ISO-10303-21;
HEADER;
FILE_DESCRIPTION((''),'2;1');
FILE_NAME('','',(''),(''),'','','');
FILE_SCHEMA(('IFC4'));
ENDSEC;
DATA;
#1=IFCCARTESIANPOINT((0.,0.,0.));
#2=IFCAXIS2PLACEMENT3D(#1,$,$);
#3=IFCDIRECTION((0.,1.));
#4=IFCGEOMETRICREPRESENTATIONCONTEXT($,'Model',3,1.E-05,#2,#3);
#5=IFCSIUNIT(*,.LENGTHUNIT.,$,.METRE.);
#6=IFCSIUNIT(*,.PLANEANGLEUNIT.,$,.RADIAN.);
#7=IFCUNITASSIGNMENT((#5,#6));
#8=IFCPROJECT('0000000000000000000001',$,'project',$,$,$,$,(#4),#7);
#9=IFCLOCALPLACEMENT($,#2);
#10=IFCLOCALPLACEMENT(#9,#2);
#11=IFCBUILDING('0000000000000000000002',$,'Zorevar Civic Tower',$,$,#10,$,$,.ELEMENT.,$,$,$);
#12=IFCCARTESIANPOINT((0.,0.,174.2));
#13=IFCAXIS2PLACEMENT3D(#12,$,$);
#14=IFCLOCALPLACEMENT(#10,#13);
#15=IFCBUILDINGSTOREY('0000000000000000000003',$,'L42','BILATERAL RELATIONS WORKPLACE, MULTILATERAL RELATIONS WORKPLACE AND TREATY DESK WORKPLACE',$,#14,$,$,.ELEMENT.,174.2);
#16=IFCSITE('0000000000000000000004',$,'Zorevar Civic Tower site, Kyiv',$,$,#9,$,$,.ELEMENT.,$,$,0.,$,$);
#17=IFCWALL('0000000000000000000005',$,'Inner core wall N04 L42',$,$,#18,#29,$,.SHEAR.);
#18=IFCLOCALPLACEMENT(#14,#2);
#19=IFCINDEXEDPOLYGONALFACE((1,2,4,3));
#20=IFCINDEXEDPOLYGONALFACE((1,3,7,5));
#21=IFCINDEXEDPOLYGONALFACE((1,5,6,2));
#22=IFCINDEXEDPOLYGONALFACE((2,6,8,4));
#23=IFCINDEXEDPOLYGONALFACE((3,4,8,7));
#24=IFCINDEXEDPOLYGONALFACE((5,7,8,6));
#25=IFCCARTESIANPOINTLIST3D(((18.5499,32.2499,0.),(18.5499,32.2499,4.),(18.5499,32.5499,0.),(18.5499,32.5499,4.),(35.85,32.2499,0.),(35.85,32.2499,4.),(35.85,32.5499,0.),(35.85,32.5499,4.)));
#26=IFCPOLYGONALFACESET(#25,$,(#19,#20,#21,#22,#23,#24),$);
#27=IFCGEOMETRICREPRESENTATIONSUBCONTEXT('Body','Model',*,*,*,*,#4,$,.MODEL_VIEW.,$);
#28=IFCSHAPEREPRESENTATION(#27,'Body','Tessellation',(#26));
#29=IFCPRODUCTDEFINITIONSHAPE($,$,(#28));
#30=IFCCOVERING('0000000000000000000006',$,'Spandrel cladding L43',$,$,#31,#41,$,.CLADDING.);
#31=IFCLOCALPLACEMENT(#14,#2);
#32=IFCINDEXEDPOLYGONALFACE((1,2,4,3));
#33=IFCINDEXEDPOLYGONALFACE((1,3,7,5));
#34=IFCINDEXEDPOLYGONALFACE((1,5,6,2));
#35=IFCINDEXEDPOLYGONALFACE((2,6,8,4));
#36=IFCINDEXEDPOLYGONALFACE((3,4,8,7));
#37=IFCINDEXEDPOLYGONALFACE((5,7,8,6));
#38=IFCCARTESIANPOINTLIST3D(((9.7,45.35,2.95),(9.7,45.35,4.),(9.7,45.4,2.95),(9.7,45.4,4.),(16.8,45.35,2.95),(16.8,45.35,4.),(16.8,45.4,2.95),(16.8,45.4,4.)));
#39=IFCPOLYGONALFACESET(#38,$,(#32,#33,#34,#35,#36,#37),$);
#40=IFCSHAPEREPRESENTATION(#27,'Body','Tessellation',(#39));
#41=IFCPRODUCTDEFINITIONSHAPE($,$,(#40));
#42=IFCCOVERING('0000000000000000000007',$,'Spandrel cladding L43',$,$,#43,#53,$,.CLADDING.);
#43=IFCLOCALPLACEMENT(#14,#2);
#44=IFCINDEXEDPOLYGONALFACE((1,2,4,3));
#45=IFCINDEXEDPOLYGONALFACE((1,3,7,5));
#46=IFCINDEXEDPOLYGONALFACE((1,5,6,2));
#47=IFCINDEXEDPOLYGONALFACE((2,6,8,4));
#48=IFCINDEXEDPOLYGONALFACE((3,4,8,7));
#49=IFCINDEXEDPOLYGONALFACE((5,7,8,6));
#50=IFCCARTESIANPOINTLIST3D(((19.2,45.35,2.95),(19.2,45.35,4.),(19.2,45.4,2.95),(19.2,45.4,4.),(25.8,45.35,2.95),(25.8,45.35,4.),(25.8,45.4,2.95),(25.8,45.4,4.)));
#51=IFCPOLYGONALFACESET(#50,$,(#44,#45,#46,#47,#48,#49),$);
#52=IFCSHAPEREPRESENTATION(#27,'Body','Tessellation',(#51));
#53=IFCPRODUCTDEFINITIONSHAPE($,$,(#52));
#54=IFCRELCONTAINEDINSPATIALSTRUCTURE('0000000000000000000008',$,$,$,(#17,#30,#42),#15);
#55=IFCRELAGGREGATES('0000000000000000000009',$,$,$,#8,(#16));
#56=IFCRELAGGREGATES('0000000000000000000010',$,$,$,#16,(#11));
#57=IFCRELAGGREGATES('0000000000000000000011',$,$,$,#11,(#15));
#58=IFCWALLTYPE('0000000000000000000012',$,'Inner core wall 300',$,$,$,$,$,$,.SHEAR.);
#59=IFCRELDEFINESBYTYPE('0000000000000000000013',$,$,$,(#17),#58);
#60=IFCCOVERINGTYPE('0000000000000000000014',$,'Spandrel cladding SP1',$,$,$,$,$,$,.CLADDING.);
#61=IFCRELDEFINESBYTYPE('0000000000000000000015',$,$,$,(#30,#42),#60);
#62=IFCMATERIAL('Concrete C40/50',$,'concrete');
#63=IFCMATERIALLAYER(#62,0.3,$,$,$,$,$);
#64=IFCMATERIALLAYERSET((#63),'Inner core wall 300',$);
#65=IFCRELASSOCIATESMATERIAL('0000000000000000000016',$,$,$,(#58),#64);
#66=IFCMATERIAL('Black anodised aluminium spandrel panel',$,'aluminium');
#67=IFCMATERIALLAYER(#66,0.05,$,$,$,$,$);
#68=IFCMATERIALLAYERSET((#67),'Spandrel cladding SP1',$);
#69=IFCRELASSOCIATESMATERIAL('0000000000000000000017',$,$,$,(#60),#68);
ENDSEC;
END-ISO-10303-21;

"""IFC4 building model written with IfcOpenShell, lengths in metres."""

from ifc_helpers import new_model, si_unit, direction, frame, frame_2d, origin, place, context, subcontext, project, spatial, rectangle, extrude, material, layer, layer_set, type_object, element, save


model = new_model("IFC4")

# Units and contexts
model_context = context("Model", 3, precision=1e-05, world=origin(), true_north=direction((0.0, 1.0)))
body_context = subcontext(model_context, "Body", "Model", "MODEL_VIEW")
ifc_project = project(units=[si_unit("LENGTHUNIT", "METRE"), si_unit("PLANEANGLEUNIT", "RADIAN")], contexts=[model_context])

# Site, building, storey
site_placement = place(None, origin())
site = spatial("IfcSite", under=ifc_project, at=site_placement, Name="Zorevar Civic Tower site, Kyiv", CompositionType="ELEMENT", RefElevation=0.0)
building_placement = place(site_placement, origin())
building = spatial("IfcBuilding", under=site, at=building_placement, Name="Zorevar Civic Tower", CompositionType="ELEMENT")
storey_placement = place(building_placement, frame((0.0, 0.0, 174.2)))
storey = spatial("IfcBuildingStorey", under=building, at=storey_placement, Name="L42", Description="BILATERAL RELATIONS WORKPLACE, MULTILATERAL RELATIONS WORKPLACE AND TREATY DESK WORKPLACE", CompositionType="ELEMENT", Elevation=174.2)

# Wall
ifc_material_1 = material(Name="Concrete C40/50", Category="concrete")
ifc_layer_1 = layer(ifc_material_1, 0.3)
ifc_layer_set_1 = layer_set([ifc_layer_1], Name="Inner core wall 300")
wall_type_1 = type_object("IfcWallType", Name="Inner core wall 300", PredefinedType="SHEAR", material=ifc_layer_set_1)
wall_1_placement = place(storey_placement, frame((18.55, 32.3999, 0.0), z_axis=(0.0, 0.0, 1.0), x_axis=(1.0, 0.0, 0.0)))
element("IfcWall", 1, at=wall_1_placement, inside=storey, type_object=wall_type_1, Name="Inner core wall N04 L42", PredefinedType="SHEAR", context=body_context, shape_type="SweptSolid", body=[
    extrude(rectangle(XDim=17.3, YDim=0.3, at=frame_2d((8.6499, 0.0))), origin(), (0.0, 0.0, 1.0), 4.0),
])

# Coverings
ifc_material_2 = material(Name="Black anodised aluminium spandrel panel", Category="aluminium")
ifc_layer_2 = layer(ifc_material_2, 0.05)
ifc_layer_set_2 = layer_set([ifc_layer_2], Name="Spandrel cladding SP1")
covering_type = type_object("IfcCoveringType", Name="Spandrel cladding SP1", PredefinedType="CLADDING", material=ifc_layer_set_2)
covering_1_placement = place(storey_placement, frame((9.7, 45.375, 2.95), z_axis=(0.0, 0.0, 1.0), x_axis=(1.0, 0.0, 0.0)))
element("IfcCovering", 2, at=covering_1_placement, inside=storey, type_object=covering_type, Name="Spandrel cladding L43", PredefinedType="CLADDING", context=body_context, shape_type="SweptSolid", body=[
    extrude(rectangle(XDim=7.1001, YDim=0.05, at=frame_2d((3.55, 0.0))), origin(), (0.0, 0.0, 1.0), 1.05),
])
covering_2_placement = place(storey_placement, frame((19.2, 45.375, 2.95), z_axis=(0.0, 0.0, 1.0), x_axis=(1.0, 0.0, 0.0)))
element("IfcCovering", 3, at=covering_2_placement, inside=storey, type_object=covering_type, Name="Spandrel cladding L43", PredefinedType="CLADDING", context=body_context, shape_type="SweptSolid", body=[
    extrude(rectangle(XDim=6.6001, YDim=0.05, at=frame_2d((3.3, 0.0))), origin(), (0.0, 0.0, 1.0), 1.05),
])

save(model, "model.ifc")
